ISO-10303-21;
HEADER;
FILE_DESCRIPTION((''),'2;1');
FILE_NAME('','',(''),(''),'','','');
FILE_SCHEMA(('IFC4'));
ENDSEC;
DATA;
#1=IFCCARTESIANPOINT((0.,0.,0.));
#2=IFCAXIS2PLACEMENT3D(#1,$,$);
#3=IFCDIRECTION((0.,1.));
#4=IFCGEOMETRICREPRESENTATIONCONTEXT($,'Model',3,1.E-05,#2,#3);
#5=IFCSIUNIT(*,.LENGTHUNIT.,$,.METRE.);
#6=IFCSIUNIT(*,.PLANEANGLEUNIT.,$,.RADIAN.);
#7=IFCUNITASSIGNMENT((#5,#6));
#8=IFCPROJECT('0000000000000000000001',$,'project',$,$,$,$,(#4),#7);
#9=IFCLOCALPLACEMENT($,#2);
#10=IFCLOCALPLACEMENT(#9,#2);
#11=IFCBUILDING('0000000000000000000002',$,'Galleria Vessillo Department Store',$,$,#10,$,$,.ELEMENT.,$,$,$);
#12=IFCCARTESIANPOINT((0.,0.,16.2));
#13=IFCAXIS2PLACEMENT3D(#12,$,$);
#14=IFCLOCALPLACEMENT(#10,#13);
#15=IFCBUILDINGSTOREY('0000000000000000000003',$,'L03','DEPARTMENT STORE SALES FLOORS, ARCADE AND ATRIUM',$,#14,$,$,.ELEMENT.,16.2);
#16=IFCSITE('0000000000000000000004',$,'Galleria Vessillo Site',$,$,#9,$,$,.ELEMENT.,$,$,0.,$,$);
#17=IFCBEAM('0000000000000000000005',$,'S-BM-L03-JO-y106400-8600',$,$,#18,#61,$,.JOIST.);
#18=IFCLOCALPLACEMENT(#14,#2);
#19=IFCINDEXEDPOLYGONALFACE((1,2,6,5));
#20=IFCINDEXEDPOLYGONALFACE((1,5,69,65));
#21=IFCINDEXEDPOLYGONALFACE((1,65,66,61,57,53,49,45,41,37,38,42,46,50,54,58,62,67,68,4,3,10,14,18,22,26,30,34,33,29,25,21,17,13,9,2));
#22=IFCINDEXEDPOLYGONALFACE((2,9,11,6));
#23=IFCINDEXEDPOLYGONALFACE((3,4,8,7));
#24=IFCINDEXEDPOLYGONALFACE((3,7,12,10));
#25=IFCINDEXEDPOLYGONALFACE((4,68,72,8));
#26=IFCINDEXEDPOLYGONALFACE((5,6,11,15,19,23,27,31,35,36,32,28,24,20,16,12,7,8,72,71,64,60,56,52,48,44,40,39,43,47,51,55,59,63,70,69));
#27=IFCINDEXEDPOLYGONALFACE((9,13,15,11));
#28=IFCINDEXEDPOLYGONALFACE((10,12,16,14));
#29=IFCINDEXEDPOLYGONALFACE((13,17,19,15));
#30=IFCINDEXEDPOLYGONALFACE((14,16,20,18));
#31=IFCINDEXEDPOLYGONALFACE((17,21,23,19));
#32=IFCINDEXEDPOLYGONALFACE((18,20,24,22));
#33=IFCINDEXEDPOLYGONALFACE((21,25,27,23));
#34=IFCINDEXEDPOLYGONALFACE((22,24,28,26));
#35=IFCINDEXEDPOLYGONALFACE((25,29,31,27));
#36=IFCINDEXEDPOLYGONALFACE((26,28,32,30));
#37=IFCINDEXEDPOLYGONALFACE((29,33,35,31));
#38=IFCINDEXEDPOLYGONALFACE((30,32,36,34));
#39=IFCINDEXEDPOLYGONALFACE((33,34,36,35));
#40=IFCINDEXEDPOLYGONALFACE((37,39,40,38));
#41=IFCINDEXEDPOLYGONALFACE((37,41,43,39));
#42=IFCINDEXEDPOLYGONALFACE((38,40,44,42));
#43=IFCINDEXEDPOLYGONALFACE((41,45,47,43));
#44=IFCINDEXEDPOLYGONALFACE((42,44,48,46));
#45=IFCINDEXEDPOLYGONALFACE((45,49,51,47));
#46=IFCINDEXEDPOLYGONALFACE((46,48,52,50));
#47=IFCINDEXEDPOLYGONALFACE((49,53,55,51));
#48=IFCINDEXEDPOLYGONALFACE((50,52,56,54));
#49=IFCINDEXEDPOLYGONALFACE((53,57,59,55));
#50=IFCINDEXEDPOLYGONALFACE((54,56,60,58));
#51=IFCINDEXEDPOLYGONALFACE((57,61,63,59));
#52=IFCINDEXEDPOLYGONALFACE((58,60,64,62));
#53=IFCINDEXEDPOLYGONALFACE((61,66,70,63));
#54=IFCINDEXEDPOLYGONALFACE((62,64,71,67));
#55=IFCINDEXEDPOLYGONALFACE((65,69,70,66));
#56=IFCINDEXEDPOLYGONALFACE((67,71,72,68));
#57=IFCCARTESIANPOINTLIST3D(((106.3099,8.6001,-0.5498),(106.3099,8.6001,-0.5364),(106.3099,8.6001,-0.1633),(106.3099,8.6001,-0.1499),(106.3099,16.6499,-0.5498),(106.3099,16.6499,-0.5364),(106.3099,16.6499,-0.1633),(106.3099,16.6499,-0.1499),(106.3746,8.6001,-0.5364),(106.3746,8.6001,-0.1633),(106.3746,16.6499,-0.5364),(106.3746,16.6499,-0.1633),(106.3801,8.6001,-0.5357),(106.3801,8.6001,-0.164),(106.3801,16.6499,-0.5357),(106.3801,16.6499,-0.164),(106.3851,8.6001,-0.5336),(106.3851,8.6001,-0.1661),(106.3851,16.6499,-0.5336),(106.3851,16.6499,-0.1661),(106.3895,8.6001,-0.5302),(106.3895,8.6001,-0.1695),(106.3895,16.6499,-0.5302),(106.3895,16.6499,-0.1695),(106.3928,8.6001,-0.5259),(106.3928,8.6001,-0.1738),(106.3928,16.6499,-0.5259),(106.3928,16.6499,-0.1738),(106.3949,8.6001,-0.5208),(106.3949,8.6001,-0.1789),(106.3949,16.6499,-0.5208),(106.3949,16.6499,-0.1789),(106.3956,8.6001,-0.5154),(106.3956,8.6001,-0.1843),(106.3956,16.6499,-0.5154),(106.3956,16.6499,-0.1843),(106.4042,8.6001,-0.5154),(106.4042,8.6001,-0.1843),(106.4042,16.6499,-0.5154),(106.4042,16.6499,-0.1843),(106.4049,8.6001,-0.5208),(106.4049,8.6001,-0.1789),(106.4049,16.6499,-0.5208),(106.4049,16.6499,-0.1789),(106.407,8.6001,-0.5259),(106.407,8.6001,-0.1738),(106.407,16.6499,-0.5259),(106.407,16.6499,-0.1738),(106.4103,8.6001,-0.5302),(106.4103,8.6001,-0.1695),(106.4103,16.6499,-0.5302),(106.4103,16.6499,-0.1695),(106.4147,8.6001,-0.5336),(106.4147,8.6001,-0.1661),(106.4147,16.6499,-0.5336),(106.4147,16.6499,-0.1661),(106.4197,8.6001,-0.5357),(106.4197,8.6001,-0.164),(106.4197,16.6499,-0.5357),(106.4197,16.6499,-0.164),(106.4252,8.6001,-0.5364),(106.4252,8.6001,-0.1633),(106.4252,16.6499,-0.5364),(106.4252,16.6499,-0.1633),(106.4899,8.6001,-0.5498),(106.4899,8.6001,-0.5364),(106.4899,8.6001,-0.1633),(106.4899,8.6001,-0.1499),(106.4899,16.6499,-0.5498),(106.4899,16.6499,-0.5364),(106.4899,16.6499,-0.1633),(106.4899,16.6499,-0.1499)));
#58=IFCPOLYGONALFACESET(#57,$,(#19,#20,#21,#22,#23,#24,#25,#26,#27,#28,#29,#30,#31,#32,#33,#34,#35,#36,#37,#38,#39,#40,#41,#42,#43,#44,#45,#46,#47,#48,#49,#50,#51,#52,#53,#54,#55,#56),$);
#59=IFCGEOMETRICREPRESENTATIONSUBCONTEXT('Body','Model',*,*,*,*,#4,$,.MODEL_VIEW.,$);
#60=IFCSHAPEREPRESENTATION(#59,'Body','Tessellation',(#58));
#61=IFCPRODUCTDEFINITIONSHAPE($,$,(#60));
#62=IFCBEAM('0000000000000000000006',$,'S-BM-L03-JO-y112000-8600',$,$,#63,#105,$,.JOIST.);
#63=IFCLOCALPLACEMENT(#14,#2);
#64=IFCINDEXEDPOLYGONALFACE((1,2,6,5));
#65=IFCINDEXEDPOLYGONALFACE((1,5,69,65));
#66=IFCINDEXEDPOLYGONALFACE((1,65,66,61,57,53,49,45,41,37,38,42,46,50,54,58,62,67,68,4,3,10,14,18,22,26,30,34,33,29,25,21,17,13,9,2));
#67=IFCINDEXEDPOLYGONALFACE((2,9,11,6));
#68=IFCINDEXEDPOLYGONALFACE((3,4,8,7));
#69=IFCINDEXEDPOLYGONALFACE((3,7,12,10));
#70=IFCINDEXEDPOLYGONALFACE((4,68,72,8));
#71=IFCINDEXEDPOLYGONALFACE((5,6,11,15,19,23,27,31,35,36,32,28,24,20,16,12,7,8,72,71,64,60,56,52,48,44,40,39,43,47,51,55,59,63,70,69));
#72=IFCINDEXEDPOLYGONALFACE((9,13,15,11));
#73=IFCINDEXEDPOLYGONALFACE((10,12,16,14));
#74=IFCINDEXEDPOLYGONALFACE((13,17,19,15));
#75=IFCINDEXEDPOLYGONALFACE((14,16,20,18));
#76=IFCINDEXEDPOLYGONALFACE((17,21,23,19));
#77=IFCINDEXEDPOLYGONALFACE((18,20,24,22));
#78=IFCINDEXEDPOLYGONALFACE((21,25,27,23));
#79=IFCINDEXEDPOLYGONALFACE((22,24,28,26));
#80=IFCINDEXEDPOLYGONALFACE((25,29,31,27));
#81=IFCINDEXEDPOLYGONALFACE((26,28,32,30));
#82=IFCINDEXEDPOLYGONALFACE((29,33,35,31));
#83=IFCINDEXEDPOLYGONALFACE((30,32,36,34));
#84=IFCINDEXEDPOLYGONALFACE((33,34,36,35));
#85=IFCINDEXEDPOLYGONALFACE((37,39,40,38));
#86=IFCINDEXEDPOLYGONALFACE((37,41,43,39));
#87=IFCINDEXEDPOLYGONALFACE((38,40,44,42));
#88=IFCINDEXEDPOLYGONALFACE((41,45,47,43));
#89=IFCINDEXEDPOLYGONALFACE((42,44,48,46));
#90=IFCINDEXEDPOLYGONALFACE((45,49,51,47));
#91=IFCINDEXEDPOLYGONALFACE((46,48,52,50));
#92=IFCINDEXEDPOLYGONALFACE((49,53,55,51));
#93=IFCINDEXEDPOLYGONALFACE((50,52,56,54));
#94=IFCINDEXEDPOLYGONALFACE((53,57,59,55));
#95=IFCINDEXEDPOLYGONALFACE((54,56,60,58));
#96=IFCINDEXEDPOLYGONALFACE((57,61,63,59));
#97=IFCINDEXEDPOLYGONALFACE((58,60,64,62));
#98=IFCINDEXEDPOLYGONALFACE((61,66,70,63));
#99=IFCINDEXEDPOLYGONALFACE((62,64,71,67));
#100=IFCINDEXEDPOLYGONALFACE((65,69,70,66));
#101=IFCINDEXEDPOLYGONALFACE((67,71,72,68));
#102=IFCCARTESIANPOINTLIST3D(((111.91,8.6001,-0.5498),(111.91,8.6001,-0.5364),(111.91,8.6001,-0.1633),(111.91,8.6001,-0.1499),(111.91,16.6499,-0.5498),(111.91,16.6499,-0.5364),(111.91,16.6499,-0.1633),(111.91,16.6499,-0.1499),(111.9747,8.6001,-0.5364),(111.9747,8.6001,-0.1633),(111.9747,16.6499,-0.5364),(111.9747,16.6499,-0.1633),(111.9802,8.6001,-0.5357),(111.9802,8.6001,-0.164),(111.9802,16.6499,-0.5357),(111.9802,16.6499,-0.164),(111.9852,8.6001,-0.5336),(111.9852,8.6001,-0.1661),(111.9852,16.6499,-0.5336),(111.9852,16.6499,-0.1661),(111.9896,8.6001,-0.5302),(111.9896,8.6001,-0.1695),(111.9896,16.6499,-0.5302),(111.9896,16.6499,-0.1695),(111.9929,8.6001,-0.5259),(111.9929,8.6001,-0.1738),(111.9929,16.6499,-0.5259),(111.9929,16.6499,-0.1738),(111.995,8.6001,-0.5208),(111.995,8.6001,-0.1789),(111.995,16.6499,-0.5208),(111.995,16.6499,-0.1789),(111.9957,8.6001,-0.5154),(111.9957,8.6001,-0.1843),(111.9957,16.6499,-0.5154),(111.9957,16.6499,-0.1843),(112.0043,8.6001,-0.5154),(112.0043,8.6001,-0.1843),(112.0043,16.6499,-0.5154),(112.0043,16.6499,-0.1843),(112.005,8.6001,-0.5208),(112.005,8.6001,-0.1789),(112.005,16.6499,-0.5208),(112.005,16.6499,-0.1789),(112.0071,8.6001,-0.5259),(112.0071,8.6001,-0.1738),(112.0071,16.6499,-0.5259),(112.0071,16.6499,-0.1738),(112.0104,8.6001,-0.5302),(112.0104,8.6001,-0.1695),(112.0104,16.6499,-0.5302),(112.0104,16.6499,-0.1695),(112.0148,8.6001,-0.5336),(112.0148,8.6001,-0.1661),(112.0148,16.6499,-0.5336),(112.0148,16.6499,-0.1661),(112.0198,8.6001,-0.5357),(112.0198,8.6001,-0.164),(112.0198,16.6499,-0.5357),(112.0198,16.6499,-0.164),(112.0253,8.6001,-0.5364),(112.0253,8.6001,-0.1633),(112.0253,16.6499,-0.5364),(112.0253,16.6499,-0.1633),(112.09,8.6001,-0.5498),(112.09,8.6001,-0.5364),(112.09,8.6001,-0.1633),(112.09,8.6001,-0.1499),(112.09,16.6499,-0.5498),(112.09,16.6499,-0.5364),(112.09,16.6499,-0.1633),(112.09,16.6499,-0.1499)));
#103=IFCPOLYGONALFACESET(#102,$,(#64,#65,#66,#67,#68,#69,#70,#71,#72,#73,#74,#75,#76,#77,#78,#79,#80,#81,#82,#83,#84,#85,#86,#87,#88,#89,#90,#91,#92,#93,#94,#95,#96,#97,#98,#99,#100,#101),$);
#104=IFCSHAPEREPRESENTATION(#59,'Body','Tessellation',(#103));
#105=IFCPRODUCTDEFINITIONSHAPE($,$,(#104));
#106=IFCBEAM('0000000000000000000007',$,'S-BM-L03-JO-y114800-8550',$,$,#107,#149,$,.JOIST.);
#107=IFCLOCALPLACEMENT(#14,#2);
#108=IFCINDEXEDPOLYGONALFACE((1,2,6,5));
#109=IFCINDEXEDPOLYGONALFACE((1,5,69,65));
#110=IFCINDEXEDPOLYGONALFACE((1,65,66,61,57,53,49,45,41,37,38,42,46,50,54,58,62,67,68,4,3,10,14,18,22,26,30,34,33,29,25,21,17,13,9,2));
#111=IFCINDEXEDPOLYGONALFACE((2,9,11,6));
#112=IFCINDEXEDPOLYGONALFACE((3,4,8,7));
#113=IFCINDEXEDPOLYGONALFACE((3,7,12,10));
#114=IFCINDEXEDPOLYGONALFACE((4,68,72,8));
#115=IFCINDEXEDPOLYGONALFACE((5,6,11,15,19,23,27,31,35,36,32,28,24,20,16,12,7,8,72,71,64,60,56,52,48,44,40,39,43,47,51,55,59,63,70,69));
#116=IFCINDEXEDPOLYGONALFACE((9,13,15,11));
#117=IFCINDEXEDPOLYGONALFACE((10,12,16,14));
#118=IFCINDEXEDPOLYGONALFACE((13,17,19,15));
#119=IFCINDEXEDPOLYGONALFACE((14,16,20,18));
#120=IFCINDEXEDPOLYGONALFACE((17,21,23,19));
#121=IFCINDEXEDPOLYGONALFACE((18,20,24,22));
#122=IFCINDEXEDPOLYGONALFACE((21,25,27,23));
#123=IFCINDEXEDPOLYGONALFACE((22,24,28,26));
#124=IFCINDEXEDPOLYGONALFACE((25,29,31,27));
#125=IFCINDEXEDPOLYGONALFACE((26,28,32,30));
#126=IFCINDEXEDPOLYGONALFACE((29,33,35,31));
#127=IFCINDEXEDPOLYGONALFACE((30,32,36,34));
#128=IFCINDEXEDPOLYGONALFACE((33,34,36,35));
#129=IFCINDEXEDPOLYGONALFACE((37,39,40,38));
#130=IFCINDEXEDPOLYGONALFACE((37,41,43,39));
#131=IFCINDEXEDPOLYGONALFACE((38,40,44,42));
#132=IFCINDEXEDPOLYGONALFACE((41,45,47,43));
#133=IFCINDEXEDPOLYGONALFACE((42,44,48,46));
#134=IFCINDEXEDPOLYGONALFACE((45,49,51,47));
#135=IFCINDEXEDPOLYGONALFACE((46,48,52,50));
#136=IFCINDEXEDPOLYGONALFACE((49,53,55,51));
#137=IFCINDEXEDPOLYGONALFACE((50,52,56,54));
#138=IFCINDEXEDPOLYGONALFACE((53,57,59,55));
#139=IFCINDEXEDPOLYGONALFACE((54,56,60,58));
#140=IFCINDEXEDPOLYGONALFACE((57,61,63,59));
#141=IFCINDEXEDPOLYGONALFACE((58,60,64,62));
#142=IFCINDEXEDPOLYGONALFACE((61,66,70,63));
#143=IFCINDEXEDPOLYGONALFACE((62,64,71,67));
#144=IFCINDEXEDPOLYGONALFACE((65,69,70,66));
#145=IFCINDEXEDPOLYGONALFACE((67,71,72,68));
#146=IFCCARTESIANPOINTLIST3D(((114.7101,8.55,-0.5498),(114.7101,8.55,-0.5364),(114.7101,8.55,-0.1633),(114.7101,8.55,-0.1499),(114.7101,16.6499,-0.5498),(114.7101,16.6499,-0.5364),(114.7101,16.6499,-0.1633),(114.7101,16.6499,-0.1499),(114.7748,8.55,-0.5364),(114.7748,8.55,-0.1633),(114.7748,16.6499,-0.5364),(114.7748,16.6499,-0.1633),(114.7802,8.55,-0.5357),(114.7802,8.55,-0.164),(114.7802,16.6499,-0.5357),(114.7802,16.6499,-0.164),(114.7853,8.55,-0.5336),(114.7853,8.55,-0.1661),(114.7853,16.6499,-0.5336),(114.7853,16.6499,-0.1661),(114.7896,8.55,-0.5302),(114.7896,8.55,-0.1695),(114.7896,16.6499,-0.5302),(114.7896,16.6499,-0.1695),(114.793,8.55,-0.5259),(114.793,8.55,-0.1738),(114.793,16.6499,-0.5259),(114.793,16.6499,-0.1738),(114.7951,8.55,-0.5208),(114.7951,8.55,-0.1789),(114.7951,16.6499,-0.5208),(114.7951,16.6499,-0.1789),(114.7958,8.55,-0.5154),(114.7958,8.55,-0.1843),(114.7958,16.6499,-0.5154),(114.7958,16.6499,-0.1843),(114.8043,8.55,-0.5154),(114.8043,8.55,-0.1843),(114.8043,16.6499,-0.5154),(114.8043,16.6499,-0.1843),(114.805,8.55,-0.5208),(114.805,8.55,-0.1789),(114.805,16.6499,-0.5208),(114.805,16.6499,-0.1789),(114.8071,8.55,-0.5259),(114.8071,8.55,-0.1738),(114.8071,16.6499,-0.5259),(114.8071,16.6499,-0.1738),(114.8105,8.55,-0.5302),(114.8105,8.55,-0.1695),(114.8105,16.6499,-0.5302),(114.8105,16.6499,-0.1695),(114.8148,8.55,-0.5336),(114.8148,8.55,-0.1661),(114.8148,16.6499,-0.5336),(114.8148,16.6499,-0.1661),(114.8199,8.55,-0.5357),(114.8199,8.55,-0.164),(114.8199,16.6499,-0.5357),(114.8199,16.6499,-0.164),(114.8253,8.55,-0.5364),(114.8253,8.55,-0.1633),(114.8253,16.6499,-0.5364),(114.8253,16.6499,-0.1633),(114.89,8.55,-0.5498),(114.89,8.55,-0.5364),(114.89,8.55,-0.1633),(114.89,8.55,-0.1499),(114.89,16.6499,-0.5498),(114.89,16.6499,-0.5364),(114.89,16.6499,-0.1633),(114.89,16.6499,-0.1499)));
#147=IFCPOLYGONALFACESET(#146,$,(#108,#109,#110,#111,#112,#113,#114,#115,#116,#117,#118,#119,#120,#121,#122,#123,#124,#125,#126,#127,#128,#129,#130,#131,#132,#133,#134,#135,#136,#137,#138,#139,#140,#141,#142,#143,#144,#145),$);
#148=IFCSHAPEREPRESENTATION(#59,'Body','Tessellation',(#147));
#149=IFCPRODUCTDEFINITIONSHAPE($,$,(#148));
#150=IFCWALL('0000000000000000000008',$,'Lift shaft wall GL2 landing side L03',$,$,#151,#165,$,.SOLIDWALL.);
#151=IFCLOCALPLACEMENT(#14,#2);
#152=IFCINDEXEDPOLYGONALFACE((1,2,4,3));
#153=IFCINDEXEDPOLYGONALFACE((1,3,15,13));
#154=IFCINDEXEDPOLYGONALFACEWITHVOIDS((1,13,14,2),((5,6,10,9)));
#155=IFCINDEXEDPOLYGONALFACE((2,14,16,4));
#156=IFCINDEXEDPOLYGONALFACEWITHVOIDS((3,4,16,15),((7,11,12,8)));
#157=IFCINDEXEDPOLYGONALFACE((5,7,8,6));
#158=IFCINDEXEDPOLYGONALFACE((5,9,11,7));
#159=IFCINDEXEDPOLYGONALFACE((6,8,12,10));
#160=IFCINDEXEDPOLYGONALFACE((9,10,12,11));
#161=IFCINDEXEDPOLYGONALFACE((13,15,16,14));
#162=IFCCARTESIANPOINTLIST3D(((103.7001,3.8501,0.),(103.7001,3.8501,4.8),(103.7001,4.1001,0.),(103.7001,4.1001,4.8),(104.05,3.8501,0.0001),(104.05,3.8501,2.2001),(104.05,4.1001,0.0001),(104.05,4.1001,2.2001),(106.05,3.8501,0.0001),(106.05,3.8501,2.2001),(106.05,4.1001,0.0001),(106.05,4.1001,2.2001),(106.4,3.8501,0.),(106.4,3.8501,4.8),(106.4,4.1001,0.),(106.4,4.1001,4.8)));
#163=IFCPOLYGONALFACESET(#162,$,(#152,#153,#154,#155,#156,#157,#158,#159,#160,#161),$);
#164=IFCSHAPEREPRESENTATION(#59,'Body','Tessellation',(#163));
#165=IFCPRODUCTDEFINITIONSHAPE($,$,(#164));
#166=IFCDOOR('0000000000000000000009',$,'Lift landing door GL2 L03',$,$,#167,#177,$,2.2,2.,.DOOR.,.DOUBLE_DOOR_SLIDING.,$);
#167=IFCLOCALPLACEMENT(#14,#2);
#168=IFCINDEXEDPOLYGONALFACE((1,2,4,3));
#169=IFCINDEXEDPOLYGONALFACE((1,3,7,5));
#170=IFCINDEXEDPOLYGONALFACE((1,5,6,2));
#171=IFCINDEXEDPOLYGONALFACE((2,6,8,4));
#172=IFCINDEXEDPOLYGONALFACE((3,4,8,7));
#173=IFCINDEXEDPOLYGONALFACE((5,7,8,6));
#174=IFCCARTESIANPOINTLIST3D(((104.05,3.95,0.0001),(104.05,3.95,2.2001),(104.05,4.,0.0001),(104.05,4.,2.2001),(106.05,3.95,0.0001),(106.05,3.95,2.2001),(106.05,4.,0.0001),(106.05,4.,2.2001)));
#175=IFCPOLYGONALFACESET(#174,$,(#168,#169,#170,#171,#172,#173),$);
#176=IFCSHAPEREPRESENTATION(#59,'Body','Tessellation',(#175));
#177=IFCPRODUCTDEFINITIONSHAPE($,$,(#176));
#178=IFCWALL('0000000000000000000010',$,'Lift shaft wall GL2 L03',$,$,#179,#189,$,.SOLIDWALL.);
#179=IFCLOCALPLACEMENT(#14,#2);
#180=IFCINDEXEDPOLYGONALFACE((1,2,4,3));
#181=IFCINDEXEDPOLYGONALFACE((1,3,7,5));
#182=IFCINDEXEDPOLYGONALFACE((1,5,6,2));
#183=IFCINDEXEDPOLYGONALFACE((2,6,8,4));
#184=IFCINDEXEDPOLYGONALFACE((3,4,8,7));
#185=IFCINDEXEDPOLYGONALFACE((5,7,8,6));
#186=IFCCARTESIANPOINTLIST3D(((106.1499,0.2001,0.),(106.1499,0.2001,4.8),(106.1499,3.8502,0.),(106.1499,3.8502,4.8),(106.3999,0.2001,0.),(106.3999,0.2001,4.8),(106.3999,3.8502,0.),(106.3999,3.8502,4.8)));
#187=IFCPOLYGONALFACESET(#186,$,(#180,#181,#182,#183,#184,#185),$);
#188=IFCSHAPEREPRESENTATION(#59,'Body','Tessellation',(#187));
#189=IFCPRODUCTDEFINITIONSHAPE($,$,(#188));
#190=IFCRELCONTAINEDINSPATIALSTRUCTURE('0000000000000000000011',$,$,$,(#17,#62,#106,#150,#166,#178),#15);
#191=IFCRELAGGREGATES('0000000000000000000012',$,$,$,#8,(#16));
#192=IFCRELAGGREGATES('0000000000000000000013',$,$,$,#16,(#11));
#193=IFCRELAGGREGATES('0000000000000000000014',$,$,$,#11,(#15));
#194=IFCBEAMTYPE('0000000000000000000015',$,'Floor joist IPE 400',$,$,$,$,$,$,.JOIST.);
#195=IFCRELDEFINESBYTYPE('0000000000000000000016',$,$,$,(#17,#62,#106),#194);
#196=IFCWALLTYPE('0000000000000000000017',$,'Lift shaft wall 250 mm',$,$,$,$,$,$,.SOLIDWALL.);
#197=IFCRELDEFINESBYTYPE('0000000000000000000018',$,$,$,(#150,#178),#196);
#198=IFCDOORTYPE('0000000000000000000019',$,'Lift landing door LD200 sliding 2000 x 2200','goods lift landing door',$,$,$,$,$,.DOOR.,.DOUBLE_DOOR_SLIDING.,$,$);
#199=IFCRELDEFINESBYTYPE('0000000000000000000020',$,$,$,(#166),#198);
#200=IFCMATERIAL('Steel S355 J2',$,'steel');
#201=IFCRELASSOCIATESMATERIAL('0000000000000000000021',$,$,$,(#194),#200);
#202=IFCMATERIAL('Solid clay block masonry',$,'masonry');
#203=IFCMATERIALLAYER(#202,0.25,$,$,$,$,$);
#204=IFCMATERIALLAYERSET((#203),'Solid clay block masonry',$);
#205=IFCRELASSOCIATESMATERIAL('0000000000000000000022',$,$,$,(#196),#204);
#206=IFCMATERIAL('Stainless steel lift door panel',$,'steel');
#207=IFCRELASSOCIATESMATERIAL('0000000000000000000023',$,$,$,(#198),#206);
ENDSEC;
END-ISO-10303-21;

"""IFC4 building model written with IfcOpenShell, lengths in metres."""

from ifc_helpers import new_model, si_unit, direction, frame, frame_2d, origin, origin_2d, place, context, subcontext, project, spatial, rectangle, i_section, extrude, material, layer, layer_set, material_profile, profile_set, type_object, element, fill, save


model = new_model("IFC4")

# Units and contexts
model_context = context("Model", 3, precision=1e-05, world=origin(), true_north=direction((0.0, 1.0)))
body_context = subcontext(model_context, "Body", "Model", "MODEL_VIEW")
ifc_project = project(units=[si_unit("LENGTHUNIT", "METRE"), si_unit("PLANEANGLEUNIT", "RADIAN")], contexts=[model_context])

# Site, building, storey
site_placement = place(None, origin())
site = spatial("IfcSite", under=ifc_project, at=site_placement, Name="Galleria Vessillo Site", CompositionType="ELEMENT", RefElevation=0.0)
building_placement = place(site_placement, origin())
building = spatial("IfcBuilding", under=site, at=building_placement, Name="Galleria Vessillo Department Store", CompositionType="ELEMENT")
storey_placement = place(building_placement, frame((0.0, 0.0, 16.2)))
storey = spatial("IfcBuildingStorey", under=building, at=storey_placement, Name="L03", Description="DEPARTMENT STORE SALES FLOORS, ARCADE AND ATRIUM", CompositionType="ELEMENT", Elevation=16.2)

# Beams
ifc_material_1 = material(Name="Steel S355 J2", Category="steel")
ifc_material_profile = material_profile(ifc_material_1, i_section(OverallWidth=0.1799, OverallDepth=0.3999, WebThickness=0.0085, FlangeThickness=0.0134, FilletRadius=0.021, at=origin_2d()), Name="IPE 400")
ifc_profile_set = profile_set([ifc_material_profile], Name="Steel S355 J2")
beam_type = type_object("IfcBeamType", Name="Floor joist IPE 400", PredefinedType="JOIST", material=ifc_profile_set)
for number, where, z_axis, x_axis, name in (
    (1, (106.3999, 8.6001, -0.3499), (0.0, 1.0, 0.0), (-1.0, 0.0, 0.0), "S-BM-L03-JO-y106400-8600"),
    (2, (112.0, 8.6001, -0.3499), (0.0, 1.0, 0.0), (-1.0, 0.0, 0.0), "S-BM-L03-JO-y112000-8600"),
):
    element("IfcBeam", number, at=place(storey_placement, frame(where, z_axis=z_axis, x_axis=x_axis)), inside=storey, type_object=beam_type, Name=name, PredefinedType="JOIST", context=body_context, shape_type="SweptSolid", body=[
        extrude(i_section(OverallWidth=0.1799, OverallDepth=0.3999, WebThickness=0.0085, FlangeThickness=0.0134, FilletRadius=0.021, at=origin_2d()), origin(), (0.0, 0.0, 1.0), 8.0498),
    ])
beam_placement = place(storey_placement, frame((114.8, 8.55, -0.3499), z_axis=(0.0, 1.0, 0.0), x_axis=(-1.0, 0.0, 0.0)))
element("IfcBeam", 3, at=beam_placement, inside=storey, type_object=beam_type, Name="S-BM-L03-JO-y114800-8550", PredefinedType="JOIST", context=body_context, shape_type="SweptSolid", body=[
    extrude(i_section(OverallWidth=0.1799, OverallDepth=0.3999, WebThickness=0.0085, FlangeThickness=0.0134, FilletRadius=0.021, at=origin_2d()), origin(), (0.0, 0.0, 1.0), 8.0999),
])

# Wall, opening, door
ifc_material_2 = material(Name="Solid clay block masonry", Category="masonry")
ifc_layer_1 = layer(ifc_material_2, 0.25)
ifc_layer_set_1 = layer_set([ifc_layer_1], Name="Solid clay block masonry")
wall_type_1 = type_object("IfcWallType", Name="Lift shaft wall 250 mm", PredefinedType="SOLIDWALL", material=ifc_layer_set_1)
wall_1_placement = place(storey_placement, frame((103.7, 3.9751, 0.0), z_axis=(0.0, 0.0, 1.0), x_axis=(1.0, 0.0, 0.0)))
wall_1 = element("IfcWall", 4, at=wall_1_placement, inside=storey, type_object=wall_type_1, Name="Lift shaft wall GL2 landing side L03", PredefinedType="SOLIDWALL", context=body_context, shape_type="SweptSolid", body=[
    extrude(rectangle(XDim=2.7, YDim=0.25, at=frame_2d((1.3501, 0.0))), origin(), (0.0, 0.0, 1.0), 4.8),
])
opening_1_placement = place(wall_1_placement, frame((0.3501, 0.0, 0.0)))
opening_1 = element("IfcOpeningElement", 5, at=opening_1_placement, cuts=wall_1, PredefinedType="OPENING", context=body_context, shape_type="SweptSolid", body=[
    extrude(rectangle(XDim=2.0, YDim=2.2, at=frame_2d((1.0, 1.1001))), frame((0.0, 0.135, 0.0), z_axis=(0.0, -1.0, 0.0), x_axis=(1.0, 0.0, 0.0)), (0.0, 0.0, 1.0), 0.27),
])
ifc_material_3 = material(Name="Stainless steel lift door panel", Category="steel")
door_type_1 = type_object("IfcDoorType", Name="Lift landing door LD200 sliding 2000 x 2200", Description="goods lift landing door", OperationType="DOUBLE_DOOR_SLIDING", PredefinedType="DOOR", material=ifc_material_3)
door_1_placement = place(opening_1_placement, origin())
door_1 = element("IfcDoor", 6, at=door_1_placement, inside=storey, type_object=door_type_1, Name="Lift landing door GL2 L03", OperationType="DOUBLE_DOOR_SLIDING", OverallHeight=2.2, OverallWidth=2.0, PredefinedType="DOOR", context=body_context, shape_type="SweptSolid", body=[
    extrude(rectangle(XDim=2.0, YDim=2.2, at=frame_2d((1.0, 1.1001))), frame((0.0, 0.0249, 0.0), z_axis=(0.0, -1.0, 0.0), x_axis=(1.0, 0.0, 0.0)), (0.0, 0.0, 1.0), 0.05),
])
fill(opening_1, door_1)

# Wall
wall_2_placement = place(storey_placement, frame((106.2749, 0.2, 0.0), z_axis=(0.0, 0.0, 1.0), x_axis=(0.0, 1.0, 0.0)))
element("IfcWall", 7, at=wall_2_placement, inside=storey, type_object=wall_type_1, Name="Lift shaft wall GL2 L03", PredefinedType="SOLIDWALL", context=body_context, shape_type="SweptSolid", body=[
    extrude(rectangle(XDim=3.6501, YDim=0.25, at=frame_2d((1.8252, 0.0))), origin(), (0.0, 0.0, 1.0), 4.8),
])

save(model, "model.ifc")
